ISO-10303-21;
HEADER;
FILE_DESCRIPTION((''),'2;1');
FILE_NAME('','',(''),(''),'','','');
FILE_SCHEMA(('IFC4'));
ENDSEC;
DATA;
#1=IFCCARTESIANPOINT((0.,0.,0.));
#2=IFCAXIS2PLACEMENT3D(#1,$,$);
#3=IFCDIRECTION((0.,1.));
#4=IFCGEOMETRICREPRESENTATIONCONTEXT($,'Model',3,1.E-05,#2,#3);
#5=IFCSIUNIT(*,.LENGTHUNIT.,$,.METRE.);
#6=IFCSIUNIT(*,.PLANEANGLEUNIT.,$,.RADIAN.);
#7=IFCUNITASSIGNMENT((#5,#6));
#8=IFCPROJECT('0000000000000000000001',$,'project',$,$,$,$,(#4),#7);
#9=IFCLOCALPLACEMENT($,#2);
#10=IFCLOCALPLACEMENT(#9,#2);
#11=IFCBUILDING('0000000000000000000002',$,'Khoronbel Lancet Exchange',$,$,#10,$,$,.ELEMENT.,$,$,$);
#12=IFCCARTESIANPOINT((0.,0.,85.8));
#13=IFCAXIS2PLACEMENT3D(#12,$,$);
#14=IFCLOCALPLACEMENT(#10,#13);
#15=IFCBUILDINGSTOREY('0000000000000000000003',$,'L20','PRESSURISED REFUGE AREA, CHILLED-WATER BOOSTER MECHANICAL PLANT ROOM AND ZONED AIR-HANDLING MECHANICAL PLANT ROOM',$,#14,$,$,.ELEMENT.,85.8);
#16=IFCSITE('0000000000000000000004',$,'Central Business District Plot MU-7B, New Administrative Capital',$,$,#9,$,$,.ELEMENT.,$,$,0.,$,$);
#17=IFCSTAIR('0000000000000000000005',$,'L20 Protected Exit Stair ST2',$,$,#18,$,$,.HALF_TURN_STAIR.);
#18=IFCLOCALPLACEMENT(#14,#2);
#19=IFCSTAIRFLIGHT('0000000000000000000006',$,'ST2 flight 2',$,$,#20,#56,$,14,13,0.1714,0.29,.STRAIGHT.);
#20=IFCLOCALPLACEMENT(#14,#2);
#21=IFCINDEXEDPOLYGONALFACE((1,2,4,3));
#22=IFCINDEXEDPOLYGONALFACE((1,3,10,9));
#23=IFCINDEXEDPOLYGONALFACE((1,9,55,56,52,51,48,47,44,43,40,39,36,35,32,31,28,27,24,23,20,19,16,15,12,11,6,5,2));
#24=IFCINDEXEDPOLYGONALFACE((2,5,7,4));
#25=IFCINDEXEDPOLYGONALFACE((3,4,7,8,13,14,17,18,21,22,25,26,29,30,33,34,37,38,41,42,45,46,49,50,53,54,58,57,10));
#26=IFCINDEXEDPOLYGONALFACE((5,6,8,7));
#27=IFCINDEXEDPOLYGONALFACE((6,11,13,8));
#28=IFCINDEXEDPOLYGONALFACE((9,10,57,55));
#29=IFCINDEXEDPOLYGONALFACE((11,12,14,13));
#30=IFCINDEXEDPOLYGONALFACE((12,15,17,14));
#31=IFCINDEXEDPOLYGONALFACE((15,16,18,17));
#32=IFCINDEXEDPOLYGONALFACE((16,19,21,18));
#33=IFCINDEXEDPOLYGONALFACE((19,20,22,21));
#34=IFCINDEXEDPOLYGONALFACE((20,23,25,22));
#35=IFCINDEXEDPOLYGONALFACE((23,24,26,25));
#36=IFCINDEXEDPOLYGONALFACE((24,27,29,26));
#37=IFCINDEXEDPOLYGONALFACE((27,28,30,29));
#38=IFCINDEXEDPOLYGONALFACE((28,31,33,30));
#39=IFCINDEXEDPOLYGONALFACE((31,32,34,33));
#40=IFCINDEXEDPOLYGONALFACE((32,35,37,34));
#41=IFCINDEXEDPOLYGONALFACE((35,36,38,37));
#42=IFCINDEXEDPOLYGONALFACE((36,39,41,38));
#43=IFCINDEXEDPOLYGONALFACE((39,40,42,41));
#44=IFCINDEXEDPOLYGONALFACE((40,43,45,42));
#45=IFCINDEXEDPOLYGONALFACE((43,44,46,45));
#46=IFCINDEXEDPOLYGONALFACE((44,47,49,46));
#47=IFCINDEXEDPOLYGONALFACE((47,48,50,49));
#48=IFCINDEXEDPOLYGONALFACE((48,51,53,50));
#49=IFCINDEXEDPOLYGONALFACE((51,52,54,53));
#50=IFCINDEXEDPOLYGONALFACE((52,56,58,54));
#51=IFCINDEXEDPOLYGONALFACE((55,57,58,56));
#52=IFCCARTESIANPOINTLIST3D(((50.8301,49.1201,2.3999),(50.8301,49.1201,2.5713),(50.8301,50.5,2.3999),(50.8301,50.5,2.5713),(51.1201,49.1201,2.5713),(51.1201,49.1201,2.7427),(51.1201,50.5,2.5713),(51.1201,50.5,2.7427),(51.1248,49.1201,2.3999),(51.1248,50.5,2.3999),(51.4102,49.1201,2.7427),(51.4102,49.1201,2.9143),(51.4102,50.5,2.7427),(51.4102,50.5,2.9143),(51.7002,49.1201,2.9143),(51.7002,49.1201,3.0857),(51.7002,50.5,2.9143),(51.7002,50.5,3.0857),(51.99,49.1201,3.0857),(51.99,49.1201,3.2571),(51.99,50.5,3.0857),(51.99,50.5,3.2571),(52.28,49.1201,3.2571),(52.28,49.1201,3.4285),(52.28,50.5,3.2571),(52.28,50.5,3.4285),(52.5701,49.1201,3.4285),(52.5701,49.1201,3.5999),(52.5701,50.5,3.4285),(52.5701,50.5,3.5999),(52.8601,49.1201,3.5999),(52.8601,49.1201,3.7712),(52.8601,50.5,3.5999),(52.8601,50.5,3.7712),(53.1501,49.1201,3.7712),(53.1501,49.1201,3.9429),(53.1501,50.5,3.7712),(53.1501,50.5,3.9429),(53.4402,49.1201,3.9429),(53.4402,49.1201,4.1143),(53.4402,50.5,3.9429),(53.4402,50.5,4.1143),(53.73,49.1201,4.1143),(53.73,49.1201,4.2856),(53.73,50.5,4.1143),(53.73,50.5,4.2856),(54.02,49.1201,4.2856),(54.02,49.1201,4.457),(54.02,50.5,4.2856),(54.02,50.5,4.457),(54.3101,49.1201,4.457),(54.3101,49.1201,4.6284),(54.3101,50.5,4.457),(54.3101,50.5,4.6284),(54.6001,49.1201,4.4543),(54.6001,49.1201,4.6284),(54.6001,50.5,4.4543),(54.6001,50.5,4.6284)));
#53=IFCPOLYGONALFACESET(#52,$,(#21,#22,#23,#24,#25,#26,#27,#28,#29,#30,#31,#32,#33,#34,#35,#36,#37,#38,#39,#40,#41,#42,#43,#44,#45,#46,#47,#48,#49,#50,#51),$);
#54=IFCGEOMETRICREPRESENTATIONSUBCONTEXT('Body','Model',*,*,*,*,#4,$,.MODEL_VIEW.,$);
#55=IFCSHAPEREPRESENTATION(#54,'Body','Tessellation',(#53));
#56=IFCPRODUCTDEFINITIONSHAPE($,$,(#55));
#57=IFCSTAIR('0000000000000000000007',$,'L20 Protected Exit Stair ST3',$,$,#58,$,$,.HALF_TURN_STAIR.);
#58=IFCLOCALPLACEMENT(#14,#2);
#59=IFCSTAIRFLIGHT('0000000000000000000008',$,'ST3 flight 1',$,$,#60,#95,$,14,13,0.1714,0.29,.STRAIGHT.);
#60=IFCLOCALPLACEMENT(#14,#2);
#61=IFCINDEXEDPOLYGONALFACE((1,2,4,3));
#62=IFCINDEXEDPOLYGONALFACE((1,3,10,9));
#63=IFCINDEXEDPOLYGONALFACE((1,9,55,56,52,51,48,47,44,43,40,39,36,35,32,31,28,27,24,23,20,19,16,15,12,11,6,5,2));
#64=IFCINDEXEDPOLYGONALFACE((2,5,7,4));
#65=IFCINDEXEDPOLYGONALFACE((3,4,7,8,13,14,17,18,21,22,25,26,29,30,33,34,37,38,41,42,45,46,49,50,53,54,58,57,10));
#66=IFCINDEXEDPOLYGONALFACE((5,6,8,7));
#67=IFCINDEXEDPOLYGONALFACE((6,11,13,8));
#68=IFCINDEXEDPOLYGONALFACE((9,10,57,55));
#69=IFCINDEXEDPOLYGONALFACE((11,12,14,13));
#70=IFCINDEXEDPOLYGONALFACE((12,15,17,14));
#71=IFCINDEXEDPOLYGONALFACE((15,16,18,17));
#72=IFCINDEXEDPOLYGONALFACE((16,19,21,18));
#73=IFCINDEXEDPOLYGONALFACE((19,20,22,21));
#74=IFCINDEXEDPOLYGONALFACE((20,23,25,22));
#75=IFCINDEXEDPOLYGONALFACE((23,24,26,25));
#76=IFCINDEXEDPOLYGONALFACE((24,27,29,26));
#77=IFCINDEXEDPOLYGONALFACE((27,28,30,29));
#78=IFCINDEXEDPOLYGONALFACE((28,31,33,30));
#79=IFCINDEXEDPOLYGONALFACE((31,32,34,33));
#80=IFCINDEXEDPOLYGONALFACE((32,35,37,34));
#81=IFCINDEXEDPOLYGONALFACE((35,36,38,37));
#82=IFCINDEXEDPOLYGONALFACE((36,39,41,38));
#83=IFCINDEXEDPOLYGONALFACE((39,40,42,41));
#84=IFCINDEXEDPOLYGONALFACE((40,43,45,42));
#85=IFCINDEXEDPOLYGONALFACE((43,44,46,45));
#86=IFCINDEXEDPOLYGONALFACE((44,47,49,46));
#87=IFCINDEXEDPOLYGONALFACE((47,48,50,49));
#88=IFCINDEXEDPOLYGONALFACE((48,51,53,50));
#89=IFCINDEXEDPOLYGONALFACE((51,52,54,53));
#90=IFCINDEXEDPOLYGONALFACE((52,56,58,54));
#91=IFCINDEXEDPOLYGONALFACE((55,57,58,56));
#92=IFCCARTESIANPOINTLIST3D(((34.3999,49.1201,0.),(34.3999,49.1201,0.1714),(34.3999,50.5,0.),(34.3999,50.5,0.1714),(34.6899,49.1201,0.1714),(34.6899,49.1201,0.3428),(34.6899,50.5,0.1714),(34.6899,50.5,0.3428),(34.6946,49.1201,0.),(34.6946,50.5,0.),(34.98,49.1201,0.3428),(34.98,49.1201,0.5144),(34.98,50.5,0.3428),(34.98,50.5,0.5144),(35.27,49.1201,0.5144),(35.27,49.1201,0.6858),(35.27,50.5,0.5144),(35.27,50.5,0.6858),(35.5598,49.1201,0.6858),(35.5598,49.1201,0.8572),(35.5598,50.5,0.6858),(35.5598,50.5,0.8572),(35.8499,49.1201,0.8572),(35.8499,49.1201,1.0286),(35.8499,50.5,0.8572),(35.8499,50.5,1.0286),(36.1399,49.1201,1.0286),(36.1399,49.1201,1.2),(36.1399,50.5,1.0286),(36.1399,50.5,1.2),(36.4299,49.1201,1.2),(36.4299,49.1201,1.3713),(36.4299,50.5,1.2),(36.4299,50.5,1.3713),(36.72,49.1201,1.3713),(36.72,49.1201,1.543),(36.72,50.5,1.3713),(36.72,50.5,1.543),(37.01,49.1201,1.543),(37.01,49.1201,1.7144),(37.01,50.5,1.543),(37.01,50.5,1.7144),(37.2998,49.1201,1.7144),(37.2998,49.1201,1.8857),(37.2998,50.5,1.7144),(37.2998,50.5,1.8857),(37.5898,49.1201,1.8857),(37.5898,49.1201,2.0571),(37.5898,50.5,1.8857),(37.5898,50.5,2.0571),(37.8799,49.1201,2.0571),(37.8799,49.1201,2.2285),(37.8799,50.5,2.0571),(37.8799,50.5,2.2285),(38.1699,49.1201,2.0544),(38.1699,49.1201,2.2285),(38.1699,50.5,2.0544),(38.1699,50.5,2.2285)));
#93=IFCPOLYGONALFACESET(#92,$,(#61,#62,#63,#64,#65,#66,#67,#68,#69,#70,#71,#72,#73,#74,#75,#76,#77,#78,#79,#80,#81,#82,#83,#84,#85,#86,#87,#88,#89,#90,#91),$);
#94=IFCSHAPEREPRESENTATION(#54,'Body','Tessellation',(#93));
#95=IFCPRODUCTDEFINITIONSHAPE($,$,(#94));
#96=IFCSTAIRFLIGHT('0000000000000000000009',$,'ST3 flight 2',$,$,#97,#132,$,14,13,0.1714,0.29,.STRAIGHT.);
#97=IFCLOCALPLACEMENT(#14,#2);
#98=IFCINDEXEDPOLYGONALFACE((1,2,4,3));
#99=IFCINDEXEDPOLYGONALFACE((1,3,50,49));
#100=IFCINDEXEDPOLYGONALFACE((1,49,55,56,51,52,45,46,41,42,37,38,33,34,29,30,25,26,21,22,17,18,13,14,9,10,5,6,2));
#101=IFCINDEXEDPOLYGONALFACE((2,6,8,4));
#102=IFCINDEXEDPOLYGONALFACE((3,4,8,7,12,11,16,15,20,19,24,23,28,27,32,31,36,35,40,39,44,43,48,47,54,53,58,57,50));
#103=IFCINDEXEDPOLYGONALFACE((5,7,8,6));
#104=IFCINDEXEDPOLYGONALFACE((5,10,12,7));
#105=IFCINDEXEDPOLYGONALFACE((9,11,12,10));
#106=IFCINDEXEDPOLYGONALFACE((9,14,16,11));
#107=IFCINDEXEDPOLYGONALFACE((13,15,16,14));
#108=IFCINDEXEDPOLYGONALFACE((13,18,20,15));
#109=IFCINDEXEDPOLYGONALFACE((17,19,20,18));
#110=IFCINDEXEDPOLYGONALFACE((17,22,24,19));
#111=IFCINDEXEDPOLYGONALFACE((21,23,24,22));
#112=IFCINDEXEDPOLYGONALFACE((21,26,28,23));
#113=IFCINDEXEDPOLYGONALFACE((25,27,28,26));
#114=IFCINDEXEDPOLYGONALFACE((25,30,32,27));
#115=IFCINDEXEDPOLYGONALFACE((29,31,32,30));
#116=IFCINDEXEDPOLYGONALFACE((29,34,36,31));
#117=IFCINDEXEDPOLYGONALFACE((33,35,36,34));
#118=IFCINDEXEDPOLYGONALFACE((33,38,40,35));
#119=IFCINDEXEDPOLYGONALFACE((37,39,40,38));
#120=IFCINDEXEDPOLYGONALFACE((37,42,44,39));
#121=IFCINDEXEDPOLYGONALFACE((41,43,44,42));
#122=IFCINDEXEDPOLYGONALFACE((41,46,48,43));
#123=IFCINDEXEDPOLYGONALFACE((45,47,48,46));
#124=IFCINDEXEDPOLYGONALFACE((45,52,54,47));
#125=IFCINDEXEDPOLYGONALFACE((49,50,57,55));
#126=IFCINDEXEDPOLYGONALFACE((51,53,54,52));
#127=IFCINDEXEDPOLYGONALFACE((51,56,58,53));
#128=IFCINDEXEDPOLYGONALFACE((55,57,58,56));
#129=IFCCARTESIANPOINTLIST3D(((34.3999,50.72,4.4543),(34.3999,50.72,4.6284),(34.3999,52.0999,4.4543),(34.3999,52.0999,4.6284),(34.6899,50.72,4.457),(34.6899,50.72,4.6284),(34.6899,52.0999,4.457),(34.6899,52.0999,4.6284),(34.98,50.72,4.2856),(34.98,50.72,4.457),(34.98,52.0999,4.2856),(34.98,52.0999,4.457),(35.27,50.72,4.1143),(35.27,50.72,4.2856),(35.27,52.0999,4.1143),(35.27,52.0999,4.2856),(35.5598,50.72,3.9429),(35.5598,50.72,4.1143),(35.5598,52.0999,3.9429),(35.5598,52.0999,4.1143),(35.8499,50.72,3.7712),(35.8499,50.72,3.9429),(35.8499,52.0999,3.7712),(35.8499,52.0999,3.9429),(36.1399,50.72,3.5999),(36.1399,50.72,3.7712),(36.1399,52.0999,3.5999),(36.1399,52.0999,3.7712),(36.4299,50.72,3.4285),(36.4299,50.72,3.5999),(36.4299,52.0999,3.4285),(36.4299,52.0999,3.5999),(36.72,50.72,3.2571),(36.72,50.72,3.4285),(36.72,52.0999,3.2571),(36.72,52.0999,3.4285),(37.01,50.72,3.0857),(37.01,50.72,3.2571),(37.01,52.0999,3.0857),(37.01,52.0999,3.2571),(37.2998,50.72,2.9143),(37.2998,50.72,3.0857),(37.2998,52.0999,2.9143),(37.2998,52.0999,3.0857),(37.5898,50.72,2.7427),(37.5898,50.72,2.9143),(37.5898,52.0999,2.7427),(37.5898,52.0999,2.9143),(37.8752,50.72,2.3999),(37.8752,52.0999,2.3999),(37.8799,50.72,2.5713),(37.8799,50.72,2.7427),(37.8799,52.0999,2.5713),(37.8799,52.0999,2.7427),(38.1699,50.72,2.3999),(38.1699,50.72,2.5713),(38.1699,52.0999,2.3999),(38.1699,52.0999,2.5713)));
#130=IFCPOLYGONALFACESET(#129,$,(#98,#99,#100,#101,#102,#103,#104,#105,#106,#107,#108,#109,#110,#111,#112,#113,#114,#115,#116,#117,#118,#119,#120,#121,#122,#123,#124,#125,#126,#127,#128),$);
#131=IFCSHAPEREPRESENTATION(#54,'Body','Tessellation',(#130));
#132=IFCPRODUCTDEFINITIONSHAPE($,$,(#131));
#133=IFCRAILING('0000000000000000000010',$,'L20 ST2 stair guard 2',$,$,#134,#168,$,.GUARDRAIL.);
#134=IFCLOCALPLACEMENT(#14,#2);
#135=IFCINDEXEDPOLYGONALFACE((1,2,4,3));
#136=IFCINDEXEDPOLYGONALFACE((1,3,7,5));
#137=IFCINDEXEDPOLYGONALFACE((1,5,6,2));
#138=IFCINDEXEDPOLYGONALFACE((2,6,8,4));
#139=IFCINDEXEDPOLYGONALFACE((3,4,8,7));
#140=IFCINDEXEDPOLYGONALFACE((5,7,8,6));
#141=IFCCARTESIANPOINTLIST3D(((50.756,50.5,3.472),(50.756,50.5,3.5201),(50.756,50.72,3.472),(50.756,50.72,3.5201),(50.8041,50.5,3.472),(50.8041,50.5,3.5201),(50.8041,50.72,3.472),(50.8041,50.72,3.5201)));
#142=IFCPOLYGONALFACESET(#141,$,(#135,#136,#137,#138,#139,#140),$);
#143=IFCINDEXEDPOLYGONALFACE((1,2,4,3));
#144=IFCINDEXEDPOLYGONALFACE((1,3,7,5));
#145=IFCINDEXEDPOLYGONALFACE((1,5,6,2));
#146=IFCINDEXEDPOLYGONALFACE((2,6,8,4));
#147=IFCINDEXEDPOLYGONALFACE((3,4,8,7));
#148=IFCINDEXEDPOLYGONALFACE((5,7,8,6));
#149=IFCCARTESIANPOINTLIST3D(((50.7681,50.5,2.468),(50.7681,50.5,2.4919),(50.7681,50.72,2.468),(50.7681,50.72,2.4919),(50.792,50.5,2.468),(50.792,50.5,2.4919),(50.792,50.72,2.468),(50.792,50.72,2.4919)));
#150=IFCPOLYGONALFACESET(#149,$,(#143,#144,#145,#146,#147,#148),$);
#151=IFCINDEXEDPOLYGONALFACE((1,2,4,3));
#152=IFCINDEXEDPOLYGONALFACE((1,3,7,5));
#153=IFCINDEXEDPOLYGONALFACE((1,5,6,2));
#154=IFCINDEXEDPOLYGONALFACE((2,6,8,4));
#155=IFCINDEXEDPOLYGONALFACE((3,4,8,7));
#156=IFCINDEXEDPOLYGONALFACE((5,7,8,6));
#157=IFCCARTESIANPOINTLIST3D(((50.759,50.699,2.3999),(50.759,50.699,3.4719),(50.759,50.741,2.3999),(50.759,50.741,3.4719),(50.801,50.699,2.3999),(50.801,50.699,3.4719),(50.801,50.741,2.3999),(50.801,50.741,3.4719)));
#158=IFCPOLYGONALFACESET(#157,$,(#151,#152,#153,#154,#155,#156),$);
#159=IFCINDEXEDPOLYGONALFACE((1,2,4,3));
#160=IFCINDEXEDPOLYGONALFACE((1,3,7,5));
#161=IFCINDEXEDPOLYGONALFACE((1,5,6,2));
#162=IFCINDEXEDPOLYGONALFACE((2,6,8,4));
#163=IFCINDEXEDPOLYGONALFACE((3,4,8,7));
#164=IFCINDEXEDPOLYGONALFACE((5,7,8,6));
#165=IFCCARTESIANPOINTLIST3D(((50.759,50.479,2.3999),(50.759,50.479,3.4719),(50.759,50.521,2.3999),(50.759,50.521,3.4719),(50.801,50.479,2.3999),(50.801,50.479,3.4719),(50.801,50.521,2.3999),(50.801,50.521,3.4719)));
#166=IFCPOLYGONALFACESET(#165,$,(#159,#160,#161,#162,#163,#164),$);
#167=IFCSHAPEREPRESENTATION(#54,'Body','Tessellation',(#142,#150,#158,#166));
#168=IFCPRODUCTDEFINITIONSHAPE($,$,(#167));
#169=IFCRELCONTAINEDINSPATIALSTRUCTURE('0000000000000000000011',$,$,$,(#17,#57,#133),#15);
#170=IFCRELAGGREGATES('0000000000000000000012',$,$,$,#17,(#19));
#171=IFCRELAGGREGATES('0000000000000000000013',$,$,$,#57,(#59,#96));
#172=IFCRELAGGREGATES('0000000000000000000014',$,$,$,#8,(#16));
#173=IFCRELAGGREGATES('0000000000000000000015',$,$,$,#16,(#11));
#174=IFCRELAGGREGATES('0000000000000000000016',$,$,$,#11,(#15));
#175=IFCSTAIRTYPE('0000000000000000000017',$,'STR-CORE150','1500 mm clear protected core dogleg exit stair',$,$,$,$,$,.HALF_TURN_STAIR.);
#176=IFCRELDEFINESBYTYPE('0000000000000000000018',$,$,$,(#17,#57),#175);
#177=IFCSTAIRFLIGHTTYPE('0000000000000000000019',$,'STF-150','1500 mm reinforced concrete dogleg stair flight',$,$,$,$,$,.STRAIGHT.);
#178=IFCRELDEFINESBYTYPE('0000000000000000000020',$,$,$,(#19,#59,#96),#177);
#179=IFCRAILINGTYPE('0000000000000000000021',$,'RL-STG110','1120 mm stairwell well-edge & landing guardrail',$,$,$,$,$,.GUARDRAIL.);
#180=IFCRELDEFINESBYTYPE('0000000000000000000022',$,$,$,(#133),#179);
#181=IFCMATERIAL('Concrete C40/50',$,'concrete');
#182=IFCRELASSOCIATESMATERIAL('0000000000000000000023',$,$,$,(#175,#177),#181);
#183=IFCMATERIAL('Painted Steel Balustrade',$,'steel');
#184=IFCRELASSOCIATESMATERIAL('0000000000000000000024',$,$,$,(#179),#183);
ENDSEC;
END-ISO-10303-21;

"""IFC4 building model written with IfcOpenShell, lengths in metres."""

from ifc_helpers import new_model, si_unit, direction, frame, origin, origin_2d, place, context, subcontext, project, spatial, polyline, rectangle, outline, extrude, material, type_object, element, aggregate, save


model = new_model("IFC4")

# Units and contexts
model_context = context("Model", 3, precision=1e-05, world=origin(), true_north=direction((0.0, 1.0)))
body_context = subcontext(model_context, "Body", "Model", "MODEL_VIEW")
ifc_project = project(units=[si_unit("LENGTHUNIT", "METRE"), si_unit("PLANEANGLEUNIT", "RADIAN")], contexts=[model_context])

# Site, building, storey
site_placement = place(None, origin())
site = spatial("IfcSite", under=ifc_project, at=site_placement, Name="Central Business District Plot MU-7B, New Administrative Capital", CompositionType="ELEMENT", RefElevation=0.0)
building_placement = place(site_placement, origin())
building = spatial("IfcBuilding", under=site, at=building_placement, Name="Khoronbel Lancet Exchange", CompositionType="ELEMENT")
storey_placement = place(building_placement, frame((0.0, 0.0, 85.8)))
storey = spatial("IfcBuildingStorey", under=building, at=storey_placement, Name="L20", Description="PRESSURISED REFUGE AREA, CHILLED-WATER BOOSTER MECHANICAL PLANT ROOM AND ZONED AIR-HANDLING MECHANICAL PLANT ROOM", CompositionType="ELEMENT", Elevation=85.8)

# Stair, stair flight
ifc_material_1 = material(Name="Concrete C40/50", Category="concrete")
stair_type = type_object("IfcStairType", Name="STR-CORE150", Description="1500 mm clear protected core dogleg exit stair", PredefinedType="HALF_TURN_STAIR", material=ifc_material_1)
stair_1_placement = place(storey_placement, origin())
stair_1 = element("IfcStair", 1, at=stair_1_placement, inside=storey, type_object=stair_type, Name="L20 Protected Exit Stair ST2", PredefinedType="HALF_TURN_STAIR")
stair_flight_type = type_object("IfcStairFlightType", Name="STF-150", Description="1500 mm reinforced concrete dogleg stair flight", PredefinedType="STRAIGHT", material=ifc_material_1)
stair_flight_1_placement = place(storey_placement, frame((50.8301, 49.8101, 2.3999), z_axis=(0.0, 0.0, 1.0), x_axis=(1.0, 0.0, 0.0)))
stair_flight_1 = element("IfcStairFlight", 2, at=stair_flight_1_placement, type_object=stair_flight_type, Name="ST2 flight 2", NumberOfRisers=14, NumberOfTreads=13, PredefinedType="STRAIGHT", RiserHeight=0.1714, TreadLength=0.29, context=body_context, shape_type="SweptSolid", body=[
    extrude(outline(polyline([(0.0, 0.0), (0.0, 0.1714), (0.29, 0.1714), (0.29, 0.3428), (0.5801, 0.3428), (0.5801, 0.5144), (0.8701, 0.5144), (0.8701, 0.6858), (1.1599, 0.6858), (1.1599, 0.8572), (1.45, 0.8572), (1.45, 1.0286), (1.74, 1.0286), (1.74, 1.2), (2.03, 1.2), (2.03, 1.3713), (2.3201, 1.3713), (2.3201, 1.543), (2.6101, 1.543), (2.6101, 1.7144), (2.8999, 1.7144), (2.8999, 1.8857), (3.1899, 1.8857), (3.1899, 2.0571), (3.48, 2.0571), (3.48, 2.2285), (3.77, 2.2285), (3.77, 2.3999), (3.77, 2.0544), (0.2947, 0.0), (0.0, 0.0)])), frame((0.0, 0.6899, 0.0), z_axis=(0.0, -1.0, 0.0), x_axis=(1.0, 0.0, 0.0)), (0.0, 0.0, 1.0), 1.3799),
])
aggregate(stair_1, [stair_flight_1])

# Stair, stair flights
stair_2_placement = place(storey_placement, origin())
stair_2 = element("IfcStair", 3, at=stair_2_placement, inside=storey, type_object=stair_type, Name="L20 Protected Exit Stair ST3", PredefinedType="HALF_TURN_STAIR")
stair_flight_2_placement = place(storey_placement, frame((34.3999, 49.8101, 0.0), z_axis=(0.0, 0.0, 1.0), x_axis=(1.0, 0.0, 0.0)))
stair_flight_2 = element("IfcStairFlight", 4, at=stair_flight_2_placement, type_object=stair_flight_type, Name="ST3 flight 1", NumberOfRisers=14, NumberOfTreads=13, PredefinedType="STRAIGHT", RiserHeight=0.1714, TreadLength=0.29, context=body_context, shape_type="SweptSolid", body=[
    extrude(outline(polyline([(0.0, 0.0), (0.0, 0.1714), (0.29, 0.1714), (0.29, 0.3428), (0.5801, 0.3428), (0.5801, 0.5144), (0.8701, 0.5144), (0.8701, 0.6858), (1.1599, 0.6858), (1.1599, 0.8572), (1.45, 0.8572), (1.45, 1.0286), (1.74, 1.0286), (1.74, 1.2), (2.03, 1.2), (2.03, 1.3713), (2.3201, 1.3713), (2.3201, 1.543), (2.6101, 1.543), (2.6101, 1.7144), (2.8999, 1.7144), (2.8999, 1.8857), (3.1899, 1.8857), (3.1899, 2.0571), (3.48, 2.0571), (3.48, 2.2285), (3.77, 2.2285), (3.77, 2.3999), (3.77, 2.0544), (0.2947, 0.0), (0.0, 0.0)])), frame((0.0, 0.6899, 0.0), z_axis=(0.0, -1.0, 0.0), x_axis=(1.0, 0.0, 0.0)), (0.0, 0.0, 1.0), 1.3799),
])
stair_flight_3_placement = place(storey_placement, frame((38.1699, 51.4099, 2.3999), z_axis=(0.0, 0.0, 1.0), x_axis=(-1.0, 0.0, 0.0)))
stair_flight_3 = element("IfcStairFlight", 5, at=stair_flight_3_placement, type_object=stair_flight_type, Name="ST3 flight 2", NumberOfRisers=14, NumberOfTreads=13, PredefinedType="STRAIGHT", RiserHeight=0.1714, TreadLength=0.29, context=body_context, shape_type="SweptSolid", body=[
    extrude(outline(polyline([(0.0, 0.0), (0.0, 0.1714), (0.29, 0.1714), (0.29, 0.3428), (0.5801, 0.3428), (0.5801, 0.5144), (0.8701, 0.5144), (0.8701, 0.6858), (1.1599, 0.6858), (1.1599, 0.8572), (1.45, 0.8572), (1.45, 1.0286), (1.74, 1.0286), (1.74, 1.2), (2.03, 1.2), (2.03, 1.3713), (2.3201, 1.3713), (2.3201, 1.543), (2.6101, 1.543), (2.6101, 1.7144), (2.8999, 1.7144), (2.8999, 1.8857), (3.1899, 1.8857), (3.1899, 2.0571), (3.48, 2.0571), (3.48, 2.2285), (3.77, 2.2285), (3.77, 2.3999), (3.77, 2.0544), (0.2947, 0.0), (0.0, 0.0)])), frame((0.0, 0.6899, 0.0), z_axis=(0.0, -1.0, 0.0), x_axis=(1.0, 0.0, 0.0)), (0.0, 0.0, 1.0), 1.3799),
])
aggregate(stair_2, [stair_flight_2, stair_flight_3])

# Railing
ifc_material_2 = material(Name="Painted Steel Balustrade", Category="steel")
railing_type_1 = type_object("IfcRailingType", Name="RL-STG110", Description="1120 mm stairwell well-edge & landing guardrail", PredefinedType="GUARDRAIL", material=ifc_material_2)
railing_1_placement = place(storey_placement, frame((50.78, 50.72, 2.3999)))
element("IfcRailing", 6, at=railing_1_placement, inside=storey, type_object=railing_type_1, Name="L20 ST2 stair guard 2", PredefinedType="GUARDRAIL", context=body_context, shape_type="SweptSolid", body=[
    extrude(rectangle(XDim=0.0481, YDim=0.0481, at=origin_2d()), frame((0.0, 0.0, 1.0962), z_axis=(0.0, -1.0, 0.0), x_axis=(1.0, 0.0, 0.0)), (0.0, 0.0, 1.0), 0.22),
    extrude(rectangle(XDim=0.0239, YDim=0.0239, at=origin_2d()), frame((0.0, 0.0, 0.0801), z_axis=(0.0, -1.0, 0.0), x_axis=(1.0, 0.0, 0.0)), (0.0, 0.0, 1.0), 0.22),
    extrude(rectangle(XDim=0.042, YDim=0.042, at=origin_2d()), origin(), (0.0, 0.0, 1.0), 1.072),
    extrude(rectangle(XDim=0.042, YDim=0.042, at=origin_2d()), frame((0.0, -0.22, 0.0)), (0.0, 0.0, 1.0), 1.072),
])

save(model, "model.ifc")
